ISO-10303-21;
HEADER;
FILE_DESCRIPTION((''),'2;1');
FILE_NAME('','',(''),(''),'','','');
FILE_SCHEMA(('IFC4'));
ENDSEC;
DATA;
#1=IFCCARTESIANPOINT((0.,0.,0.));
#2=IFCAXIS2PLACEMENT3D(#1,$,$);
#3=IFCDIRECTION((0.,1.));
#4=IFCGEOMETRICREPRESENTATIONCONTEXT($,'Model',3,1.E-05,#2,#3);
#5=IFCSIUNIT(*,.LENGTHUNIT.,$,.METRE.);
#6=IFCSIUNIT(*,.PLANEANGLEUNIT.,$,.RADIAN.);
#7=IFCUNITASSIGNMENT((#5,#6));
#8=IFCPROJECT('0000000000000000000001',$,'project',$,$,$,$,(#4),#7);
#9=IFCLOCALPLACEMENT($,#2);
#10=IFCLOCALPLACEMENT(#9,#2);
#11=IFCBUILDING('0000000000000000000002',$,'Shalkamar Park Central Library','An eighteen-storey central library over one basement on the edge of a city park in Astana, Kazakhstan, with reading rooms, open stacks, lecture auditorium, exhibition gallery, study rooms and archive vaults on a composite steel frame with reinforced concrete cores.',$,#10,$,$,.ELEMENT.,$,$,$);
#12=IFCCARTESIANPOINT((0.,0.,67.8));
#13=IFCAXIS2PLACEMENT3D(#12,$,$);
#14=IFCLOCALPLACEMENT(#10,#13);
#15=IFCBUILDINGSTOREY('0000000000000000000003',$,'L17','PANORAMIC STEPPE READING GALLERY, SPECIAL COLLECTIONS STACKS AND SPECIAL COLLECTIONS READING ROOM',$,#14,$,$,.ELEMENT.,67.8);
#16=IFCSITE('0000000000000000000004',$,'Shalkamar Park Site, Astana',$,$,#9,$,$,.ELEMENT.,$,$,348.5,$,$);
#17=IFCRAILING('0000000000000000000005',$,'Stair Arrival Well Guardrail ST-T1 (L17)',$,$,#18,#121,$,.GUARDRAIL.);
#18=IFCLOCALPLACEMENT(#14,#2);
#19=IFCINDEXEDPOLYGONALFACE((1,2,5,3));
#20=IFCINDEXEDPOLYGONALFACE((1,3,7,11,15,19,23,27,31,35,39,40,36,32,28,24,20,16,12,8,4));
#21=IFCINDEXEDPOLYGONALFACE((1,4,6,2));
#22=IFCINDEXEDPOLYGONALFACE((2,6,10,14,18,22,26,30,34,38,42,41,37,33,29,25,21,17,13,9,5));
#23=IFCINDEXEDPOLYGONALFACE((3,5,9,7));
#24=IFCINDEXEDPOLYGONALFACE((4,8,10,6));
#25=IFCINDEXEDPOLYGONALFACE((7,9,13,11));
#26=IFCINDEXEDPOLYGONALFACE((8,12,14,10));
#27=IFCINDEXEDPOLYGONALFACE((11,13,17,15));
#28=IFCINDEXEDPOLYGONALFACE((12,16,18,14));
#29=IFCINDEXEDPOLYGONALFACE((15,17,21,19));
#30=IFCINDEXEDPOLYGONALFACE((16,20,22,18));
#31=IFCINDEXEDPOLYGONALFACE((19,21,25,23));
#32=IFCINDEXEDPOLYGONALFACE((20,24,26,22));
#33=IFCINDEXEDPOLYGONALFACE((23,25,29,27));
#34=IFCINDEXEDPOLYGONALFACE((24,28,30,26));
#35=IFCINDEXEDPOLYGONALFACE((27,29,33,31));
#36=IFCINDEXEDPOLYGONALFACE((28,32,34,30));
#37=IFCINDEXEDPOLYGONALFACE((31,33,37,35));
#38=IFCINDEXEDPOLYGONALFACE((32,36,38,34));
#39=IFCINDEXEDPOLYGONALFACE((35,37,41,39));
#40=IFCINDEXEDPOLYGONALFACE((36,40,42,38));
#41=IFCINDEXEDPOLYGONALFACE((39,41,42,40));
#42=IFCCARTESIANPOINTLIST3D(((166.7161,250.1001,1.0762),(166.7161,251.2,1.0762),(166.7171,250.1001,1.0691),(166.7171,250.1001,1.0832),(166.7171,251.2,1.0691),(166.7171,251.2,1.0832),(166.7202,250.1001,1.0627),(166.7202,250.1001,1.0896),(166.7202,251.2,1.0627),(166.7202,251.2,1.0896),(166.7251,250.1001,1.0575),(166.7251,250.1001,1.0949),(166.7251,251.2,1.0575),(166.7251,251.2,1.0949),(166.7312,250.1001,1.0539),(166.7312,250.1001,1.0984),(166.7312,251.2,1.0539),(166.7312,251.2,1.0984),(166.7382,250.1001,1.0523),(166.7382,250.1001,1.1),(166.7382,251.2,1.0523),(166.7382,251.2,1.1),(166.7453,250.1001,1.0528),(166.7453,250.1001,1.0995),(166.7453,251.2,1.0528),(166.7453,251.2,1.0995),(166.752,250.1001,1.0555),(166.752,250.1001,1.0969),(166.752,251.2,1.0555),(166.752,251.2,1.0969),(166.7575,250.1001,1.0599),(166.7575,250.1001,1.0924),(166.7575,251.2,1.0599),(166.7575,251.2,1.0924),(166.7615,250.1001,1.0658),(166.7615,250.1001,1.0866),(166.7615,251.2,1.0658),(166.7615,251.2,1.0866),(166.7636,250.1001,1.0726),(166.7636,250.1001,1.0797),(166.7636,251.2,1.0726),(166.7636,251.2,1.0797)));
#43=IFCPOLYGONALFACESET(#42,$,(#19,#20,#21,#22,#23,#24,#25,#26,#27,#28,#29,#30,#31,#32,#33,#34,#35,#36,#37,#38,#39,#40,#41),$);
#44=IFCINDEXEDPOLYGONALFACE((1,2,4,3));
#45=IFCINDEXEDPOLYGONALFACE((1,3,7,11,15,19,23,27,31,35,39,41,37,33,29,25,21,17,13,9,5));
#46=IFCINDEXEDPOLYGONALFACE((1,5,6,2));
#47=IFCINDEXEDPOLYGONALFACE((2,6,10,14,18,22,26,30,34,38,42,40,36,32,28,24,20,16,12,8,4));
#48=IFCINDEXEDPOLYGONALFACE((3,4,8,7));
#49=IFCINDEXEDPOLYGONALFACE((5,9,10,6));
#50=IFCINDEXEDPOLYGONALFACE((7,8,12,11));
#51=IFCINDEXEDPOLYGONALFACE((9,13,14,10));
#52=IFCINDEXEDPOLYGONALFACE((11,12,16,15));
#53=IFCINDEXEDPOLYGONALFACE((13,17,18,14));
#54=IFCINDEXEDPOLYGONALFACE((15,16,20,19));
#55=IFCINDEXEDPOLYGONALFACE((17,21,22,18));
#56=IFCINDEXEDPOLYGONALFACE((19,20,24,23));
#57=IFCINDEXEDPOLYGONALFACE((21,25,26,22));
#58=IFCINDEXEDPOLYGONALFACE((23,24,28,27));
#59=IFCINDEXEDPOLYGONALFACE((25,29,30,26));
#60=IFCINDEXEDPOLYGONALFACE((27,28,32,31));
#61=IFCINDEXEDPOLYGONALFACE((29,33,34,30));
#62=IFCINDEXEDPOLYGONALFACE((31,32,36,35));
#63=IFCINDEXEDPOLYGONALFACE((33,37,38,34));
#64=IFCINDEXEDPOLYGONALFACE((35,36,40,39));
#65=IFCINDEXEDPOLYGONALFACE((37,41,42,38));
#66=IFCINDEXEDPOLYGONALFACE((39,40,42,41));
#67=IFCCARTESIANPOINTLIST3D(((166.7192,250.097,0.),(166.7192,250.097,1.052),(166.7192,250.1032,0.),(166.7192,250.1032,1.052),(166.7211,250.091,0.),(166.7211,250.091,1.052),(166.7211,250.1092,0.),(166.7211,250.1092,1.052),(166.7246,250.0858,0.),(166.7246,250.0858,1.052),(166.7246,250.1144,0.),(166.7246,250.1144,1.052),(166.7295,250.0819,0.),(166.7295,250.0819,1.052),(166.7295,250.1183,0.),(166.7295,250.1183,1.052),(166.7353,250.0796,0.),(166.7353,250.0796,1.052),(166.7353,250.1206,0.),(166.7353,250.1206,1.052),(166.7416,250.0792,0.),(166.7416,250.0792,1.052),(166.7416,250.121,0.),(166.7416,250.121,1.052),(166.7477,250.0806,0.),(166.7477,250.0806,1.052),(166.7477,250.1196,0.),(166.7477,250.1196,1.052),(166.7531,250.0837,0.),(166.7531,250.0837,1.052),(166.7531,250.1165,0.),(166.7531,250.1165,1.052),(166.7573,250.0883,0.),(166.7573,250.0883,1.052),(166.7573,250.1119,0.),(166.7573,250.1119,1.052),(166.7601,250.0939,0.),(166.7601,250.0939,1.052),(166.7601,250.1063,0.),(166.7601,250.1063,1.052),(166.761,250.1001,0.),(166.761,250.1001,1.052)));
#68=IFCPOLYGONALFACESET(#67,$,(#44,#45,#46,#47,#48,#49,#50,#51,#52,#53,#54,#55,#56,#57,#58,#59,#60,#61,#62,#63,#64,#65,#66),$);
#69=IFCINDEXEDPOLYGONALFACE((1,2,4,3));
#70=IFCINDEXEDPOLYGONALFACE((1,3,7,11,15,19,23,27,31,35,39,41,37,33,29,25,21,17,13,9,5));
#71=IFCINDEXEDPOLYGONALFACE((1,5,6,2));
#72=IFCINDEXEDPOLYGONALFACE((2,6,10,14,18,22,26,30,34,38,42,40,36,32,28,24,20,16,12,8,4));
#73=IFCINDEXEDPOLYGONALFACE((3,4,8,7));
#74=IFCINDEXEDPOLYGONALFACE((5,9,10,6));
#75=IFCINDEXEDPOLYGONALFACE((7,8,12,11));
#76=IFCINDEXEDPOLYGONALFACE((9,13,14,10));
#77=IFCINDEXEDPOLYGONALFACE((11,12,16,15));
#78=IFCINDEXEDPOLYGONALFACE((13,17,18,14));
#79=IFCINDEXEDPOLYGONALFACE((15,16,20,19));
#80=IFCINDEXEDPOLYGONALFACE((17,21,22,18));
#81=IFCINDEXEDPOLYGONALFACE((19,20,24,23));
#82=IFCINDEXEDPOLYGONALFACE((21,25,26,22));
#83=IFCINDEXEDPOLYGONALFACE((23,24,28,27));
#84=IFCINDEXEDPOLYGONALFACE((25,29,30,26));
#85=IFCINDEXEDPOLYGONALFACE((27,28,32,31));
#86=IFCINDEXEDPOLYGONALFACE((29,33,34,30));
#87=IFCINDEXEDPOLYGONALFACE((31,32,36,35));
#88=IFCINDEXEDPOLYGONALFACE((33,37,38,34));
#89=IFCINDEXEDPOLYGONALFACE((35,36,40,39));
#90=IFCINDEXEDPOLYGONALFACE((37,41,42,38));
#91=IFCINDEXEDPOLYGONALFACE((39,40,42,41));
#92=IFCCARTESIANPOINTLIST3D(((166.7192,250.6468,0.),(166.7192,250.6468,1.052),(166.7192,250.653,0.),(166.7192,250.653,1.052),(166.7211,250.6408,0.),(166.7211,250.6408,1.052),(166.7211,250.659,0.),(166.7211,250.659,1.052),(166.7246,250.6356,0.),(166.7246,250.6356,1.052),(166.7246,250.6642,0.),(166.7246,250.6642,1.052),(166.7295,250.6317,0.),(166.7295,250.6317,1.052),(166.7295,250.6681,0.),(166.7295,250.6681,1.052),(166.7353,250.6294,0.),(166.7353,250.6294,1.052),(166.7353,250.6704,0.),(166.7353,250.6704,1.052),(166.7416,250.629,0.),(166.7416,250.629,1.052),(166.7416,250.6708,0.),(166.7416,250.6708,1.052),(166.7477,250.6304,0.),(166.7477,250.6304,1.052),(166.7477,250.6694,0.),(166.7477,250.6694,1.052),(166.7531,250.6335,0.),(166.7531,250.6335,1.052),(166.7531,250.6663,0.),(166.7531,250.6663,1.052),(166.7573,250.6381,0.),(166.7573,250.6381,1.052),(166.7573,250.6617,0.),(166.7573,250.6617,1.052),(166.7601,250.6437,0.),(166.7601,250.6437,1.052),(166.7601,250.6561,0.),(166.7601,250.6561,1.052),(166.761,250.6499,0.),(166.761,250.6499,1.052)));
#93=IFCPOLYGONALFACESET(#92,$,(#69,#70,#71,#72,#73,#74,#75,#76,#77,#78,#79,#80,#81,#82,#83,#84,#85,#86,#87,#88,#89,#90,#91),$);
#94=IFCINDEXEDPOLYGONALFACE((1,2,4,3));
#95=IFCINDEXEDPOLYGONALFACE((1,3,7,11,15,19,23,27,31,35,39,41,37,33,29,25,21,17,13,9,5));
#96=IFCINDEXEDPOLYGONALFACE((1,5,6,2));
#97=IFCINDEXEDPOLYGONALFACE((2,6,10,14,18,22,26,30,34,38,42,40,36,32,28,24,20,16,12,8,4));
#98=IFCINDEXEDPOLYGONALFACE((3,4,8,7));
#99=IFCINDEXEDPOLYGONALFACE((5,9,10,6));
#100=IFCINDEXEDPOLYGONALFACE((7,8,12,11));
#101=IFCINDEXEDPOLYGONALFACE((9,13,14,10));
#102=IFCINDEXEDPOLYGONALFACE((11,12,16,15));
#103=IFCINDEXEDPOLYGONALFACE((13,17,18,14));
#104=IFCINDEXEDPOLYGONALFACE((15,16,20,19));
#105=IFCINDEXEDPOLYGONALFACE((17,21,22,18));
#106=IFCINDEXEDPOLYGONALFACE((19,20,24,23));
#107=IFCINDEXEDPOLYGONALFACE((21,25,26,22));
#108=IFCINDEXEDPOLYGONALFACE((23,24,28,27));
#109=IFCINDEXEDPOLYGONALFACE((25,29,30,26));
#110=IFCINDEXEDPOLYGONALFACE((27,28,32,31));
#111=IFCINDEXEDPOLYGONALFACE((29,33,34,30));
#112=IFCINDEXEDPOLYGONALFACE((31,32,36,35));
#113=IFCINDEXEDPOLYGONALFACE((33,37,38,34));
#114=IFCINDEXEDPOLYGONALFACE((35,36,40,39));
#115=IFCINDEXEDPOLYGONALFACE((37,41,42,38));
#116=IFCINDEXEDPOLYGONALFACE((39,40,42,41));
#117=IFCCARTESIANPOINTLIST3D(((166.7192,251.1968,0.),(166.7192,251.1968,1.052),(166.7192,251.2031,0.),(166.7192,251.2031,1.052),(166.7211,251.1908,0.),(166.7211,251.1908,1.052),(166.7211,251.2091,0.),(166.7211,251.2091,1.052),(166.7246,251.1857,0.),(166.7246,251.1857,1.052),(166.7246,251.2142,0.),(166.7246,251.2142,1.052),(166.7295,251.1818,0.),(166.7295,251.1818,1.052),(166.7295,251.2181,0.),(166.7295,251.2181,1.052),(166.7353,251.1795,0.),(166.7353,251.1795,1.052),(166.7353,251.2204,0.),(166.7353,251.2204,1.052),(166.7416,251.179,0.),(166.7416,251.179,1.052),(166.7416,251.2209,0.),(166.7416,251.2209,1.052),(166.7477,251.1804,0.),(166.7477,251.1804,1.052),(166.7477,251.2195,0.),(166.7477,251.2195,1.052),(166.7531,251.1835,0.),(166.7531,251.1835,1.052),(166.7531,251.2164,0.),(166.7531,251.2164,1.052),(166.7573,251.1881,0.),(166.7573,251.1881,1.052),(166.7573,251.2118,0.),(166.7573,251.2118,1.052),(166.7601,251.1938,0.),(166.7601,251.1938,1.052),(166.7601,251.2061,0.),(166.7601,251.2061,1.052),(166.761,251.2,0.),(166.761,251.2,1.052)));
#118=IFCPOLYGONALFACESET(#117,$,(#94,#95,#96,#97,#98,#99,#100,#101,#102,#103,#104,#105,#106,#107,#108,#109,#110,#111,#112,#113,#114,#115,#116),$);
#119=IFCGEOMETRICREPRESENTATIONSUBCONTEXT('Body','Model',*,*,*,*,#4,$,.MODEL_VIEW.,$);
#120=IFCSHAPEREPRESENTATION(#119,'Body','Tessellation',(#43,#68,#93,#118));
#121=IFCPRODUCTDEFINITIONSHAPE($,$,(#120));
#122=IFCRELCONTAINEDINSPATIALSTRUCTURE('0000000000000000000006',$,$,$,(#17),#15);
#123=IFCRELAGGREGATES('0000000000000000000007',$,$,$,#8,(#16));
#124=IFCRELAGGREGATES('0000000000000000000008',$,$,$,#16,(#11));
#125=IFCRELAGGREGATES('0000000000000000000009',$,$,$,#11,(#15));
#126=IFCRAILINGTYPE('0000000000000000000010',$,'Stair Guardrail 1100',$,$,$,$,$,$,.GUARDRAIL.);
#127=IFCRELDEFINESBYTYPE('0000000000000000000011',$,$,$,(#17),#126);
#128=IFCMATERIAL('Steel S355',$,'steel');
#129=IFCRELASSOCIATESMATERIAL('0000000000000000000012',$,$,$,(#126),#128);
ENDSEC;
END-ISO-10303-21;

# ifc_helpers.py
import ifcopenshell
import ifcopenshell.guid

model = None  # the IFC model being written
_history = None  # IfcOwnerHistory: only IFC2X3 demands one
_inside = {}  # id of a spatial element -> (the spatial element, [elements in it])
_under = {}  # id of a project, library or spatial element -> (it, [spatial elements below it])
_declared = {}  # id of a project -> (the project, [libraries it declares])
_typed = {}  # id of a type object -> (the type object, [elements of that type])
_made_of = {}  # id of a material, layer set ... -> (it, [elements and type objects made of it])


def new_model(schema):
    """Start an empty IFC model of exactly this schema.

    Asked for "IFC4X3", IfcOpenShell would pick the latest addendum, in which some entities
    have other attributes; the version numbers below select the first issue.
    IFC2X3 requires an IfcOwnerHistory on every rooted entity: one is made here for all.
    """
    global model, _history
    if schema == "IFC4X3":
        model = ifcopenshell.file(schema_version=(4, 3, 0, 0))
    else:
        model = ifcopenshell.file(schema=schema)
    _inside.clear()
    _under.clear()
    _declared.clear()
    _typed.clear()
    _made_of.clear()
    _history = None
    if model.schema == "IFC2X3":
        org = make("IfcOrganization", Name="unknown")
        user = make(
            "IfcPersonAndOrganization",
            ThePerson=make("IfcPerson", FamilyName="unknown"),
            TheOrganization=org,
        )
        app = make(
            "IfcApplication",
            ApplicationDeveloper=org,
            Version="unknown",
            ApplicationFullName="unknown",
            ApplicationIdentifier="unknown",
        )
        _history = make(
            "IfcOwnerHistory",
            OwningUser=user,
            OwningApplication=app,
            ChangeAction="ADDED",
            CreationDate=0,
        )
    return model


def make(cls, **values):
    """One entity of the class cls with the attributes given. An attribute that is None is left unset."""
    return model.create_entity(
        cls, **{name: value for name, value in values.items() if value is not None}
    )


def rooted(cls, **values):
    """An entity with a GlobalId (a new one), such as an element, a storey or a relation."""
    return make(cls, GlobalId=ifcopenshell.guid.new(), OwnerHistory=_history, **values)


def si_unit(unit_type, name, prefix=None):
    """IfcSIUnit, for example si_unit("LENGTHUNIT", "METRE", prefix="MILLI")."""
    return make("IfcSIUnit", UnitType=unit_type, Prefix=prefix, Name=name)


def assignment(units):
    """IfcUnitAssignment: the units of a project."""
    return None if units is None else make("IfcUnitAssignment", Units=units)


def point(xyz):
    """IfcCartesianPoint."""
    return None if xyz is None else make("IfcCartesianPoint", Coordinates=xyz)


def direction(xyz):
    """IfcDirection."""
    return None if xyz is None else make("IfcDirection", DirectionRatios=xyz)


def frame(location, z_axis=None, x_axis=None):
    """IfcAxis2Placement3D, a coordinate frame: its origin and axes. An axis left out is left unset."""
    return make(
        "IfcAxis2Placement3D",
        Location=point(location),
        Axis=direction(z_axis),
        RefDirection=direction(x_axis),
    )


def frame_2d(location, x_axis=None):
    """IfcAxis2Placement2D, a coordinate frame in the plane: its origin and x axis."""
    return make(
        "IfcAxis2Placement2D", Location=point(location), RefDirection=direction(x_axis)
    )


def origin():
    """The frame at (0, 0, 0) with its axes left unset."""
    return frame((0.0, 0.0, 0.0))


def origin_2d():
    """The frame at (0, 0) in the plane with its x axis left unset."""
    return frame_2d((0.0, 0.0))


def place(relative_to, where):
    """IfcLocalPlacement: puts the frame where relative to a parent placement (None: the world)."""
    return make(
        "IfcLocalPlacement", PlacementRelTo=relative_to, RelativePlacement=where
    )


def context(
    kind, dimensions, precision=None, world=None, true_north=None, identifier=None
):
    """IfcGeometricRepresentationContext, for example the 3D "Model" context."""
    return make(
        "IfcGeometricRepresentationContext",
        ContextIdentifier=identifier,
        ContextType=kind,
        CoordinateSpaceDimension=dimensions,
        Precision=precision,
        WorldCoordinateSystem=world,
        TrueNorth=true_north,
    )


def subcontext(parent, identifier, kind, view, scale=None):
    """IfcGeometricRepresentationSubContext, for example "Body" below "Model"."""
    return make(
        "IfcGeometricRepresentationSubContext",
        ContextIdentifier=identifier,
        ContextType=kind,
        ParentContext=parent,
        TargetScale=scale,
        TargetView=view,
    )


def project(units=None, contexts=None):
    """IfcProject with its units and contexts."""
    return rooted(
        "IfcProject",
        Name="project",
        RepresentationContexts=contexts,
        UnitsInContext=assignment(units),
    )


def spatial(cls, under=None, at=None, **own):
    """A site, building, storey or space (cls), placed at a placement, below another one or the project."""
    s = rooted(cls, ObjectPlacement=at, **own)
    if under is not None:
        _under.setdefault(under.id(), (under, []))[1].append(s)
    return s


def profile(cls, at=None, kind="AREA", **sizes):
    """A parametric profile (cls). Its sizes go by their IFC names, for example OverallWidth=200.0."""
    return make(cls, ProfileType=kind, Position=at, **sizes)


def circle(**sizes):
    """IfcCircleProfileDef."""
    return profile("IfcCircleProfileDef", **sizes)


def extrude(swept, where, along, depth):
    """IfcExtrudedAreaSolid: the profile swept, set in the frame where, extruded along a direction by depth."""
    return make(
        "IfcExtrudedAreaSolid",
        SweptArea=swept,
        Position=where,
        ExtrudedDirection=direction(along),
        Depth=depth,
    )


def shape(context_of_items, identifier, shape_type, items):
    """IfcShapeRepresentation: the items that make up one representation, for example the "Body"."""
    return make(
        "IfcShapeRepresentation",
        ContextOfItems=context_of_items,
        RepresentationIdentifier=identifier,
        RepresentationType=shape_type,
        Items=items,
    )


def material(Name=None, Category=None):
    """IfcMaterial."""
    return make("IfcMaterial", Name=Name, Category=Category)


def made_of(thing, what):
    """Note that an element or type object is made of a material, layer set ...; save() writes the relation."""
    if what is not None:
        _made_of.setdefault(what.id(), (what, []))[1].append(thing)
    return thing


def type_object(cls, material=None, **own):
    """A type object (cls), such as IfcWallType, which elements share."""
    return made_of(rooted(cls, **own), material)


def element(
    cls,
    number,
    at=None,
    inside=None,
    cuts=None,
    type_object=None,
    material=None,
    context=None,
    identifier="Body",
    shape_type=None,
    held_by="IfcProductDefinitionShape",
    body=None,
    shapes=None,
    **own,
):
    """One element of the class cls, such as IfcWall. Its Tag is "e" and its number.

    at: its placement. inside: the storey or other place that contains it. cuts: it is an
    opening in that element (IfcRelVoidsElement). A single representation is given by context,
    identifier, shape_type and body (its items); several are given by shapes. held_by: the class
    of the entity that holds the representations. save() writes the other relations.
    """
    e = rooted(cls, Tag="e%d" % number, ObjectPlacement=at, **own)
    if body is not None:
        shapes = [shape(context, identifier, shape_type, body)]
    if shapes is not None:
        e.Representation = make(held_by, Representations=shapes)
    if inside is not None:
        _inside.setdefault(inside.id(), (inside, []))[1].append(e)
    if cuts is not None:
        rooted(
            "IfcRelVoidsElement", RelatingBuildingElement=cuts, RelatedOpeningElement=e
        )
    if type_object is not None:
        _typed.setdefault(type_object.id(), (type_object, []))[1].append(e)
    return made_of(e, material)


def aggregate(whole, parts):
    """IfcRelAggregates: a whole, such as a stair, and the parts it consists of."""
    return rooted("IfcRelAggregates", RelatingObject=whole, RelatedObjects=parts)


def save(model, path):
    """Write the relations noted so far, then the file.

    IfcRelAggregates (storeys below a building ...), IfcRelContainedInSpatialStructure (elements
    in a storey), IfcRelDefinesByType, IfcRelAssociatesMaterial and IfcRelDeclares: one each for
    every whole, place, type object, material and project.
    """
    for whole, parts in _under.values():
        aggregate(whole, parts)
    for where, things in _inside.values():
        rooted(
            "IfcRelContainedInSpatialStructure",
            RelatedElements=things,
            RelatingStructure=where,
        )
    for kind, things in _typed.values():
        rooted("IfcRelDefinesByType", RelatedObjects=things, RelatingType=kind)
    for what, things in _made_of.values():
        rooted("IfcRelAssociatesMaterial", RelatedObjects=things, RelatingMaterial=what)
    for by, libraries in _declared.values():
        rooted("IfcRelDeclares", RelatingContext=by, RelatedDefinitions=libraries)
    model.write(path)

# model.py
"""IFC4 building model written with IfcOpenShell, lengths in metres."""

from ifc_helpers import new_model, si_unit, direction, frame, origin, origin_2d, place, context, subcontext, project, spatial, circle, extrude, material, type_object, element, save


model = new_model("IFC4")

# Units and contexts
model_context = context("Model", 3, precision=1e-05, world=origin(), true_north=direction((0.0, 1.0)))
body_context = subcontext(model_context, "Body", "Model", "MODEL_VIEW")
ifc_project = project(units=[si_unit("LENGTHUNIT", "METRE"), si_unit("PLANEANGLEUNIT", "RADIAN")], contexts=[model_context])

# Site, building, storey
site_placement = place(None, origin())
site = spatial("IfcSite", under=ifc_project, at=site_placement, Name="Shalkamar Park Site, Astana", CompositionType="ELEMENT", RefElevation=348.5)
building_placement = place(site_placement, origin())
building = spatial("IfcBuilding", under=site, at=building_placement, Name="Shalkamar Park Central Library", Description="An eighteen-storey central library over one basement on the edge of a city park in Astana, Kazakhstan, with reading rooms, open stacks, lecture auditorium, exhibition gallery, study rooms and archive vaults on a composite steel frame with reinforced concrete cores.", CompositionType="ELEMENT")
storey_placement = place(building_placement, frame((0.0, 0.0, 67.8)))
storey = spatial("IfcBuildingStorey", under=building, at=storey_placement, Name="L17", Description="PANORAMIC STEPPE READING GALLERY, SPECIAL COLLECTIONS STACKS AND SPECIAL COLLECTIONS READING ROOM", CompositionType="ELEMENT", Elevation=67.8)

# Shared definitions
ifc_material_1 = material(Name="Steel S355", Category="steel")

# Railing
railing_type_1 = type_object("IfcRailingType", Name="Stair Guardrail 1100", PredefinedType="GUARDRAIL", material=ifc_material_1)
railing_1_placement = place(storey_placement, frame((166.74, 250.1001, 0.0)))
element("IfcRailing", 1, at=railing_1_placement, inside=storey, type_object=railing_type_1, Name="Stair Arrival Well Guardrail ST-T1 (L17)", PredefinedType="GUARDRAIL", context=body_context, shape_type="SweptSolid", body=[
    extrude(circle(Radius=0.0239, at=origin_2d()), frame((0.0, 0.0, 1.0762), z_axis=(0.0, 1.0, 0.0), x_axis=(-1.0, 0.0, 0.0)), (0.0, 0.0, 1.0), 1.0999),
    extrude(circle(Radius=0.021, at=origin_2d()), origin(), (0.0, 0.0, 1.0), 1.052),
    extrude(circle(Radius=0.021, at=origin_2d()), frame((0.0, 0.5498, 0.0)), (0.0, 0.0, 1.0), 1.052),
    extrude(circle(Radius=0.021, at=origin_2d()), frame((0.0, 1.0999, 0.0)), (0.0, 0.0, 1.0), 1.052),
])

save(model, "model.ifc")
